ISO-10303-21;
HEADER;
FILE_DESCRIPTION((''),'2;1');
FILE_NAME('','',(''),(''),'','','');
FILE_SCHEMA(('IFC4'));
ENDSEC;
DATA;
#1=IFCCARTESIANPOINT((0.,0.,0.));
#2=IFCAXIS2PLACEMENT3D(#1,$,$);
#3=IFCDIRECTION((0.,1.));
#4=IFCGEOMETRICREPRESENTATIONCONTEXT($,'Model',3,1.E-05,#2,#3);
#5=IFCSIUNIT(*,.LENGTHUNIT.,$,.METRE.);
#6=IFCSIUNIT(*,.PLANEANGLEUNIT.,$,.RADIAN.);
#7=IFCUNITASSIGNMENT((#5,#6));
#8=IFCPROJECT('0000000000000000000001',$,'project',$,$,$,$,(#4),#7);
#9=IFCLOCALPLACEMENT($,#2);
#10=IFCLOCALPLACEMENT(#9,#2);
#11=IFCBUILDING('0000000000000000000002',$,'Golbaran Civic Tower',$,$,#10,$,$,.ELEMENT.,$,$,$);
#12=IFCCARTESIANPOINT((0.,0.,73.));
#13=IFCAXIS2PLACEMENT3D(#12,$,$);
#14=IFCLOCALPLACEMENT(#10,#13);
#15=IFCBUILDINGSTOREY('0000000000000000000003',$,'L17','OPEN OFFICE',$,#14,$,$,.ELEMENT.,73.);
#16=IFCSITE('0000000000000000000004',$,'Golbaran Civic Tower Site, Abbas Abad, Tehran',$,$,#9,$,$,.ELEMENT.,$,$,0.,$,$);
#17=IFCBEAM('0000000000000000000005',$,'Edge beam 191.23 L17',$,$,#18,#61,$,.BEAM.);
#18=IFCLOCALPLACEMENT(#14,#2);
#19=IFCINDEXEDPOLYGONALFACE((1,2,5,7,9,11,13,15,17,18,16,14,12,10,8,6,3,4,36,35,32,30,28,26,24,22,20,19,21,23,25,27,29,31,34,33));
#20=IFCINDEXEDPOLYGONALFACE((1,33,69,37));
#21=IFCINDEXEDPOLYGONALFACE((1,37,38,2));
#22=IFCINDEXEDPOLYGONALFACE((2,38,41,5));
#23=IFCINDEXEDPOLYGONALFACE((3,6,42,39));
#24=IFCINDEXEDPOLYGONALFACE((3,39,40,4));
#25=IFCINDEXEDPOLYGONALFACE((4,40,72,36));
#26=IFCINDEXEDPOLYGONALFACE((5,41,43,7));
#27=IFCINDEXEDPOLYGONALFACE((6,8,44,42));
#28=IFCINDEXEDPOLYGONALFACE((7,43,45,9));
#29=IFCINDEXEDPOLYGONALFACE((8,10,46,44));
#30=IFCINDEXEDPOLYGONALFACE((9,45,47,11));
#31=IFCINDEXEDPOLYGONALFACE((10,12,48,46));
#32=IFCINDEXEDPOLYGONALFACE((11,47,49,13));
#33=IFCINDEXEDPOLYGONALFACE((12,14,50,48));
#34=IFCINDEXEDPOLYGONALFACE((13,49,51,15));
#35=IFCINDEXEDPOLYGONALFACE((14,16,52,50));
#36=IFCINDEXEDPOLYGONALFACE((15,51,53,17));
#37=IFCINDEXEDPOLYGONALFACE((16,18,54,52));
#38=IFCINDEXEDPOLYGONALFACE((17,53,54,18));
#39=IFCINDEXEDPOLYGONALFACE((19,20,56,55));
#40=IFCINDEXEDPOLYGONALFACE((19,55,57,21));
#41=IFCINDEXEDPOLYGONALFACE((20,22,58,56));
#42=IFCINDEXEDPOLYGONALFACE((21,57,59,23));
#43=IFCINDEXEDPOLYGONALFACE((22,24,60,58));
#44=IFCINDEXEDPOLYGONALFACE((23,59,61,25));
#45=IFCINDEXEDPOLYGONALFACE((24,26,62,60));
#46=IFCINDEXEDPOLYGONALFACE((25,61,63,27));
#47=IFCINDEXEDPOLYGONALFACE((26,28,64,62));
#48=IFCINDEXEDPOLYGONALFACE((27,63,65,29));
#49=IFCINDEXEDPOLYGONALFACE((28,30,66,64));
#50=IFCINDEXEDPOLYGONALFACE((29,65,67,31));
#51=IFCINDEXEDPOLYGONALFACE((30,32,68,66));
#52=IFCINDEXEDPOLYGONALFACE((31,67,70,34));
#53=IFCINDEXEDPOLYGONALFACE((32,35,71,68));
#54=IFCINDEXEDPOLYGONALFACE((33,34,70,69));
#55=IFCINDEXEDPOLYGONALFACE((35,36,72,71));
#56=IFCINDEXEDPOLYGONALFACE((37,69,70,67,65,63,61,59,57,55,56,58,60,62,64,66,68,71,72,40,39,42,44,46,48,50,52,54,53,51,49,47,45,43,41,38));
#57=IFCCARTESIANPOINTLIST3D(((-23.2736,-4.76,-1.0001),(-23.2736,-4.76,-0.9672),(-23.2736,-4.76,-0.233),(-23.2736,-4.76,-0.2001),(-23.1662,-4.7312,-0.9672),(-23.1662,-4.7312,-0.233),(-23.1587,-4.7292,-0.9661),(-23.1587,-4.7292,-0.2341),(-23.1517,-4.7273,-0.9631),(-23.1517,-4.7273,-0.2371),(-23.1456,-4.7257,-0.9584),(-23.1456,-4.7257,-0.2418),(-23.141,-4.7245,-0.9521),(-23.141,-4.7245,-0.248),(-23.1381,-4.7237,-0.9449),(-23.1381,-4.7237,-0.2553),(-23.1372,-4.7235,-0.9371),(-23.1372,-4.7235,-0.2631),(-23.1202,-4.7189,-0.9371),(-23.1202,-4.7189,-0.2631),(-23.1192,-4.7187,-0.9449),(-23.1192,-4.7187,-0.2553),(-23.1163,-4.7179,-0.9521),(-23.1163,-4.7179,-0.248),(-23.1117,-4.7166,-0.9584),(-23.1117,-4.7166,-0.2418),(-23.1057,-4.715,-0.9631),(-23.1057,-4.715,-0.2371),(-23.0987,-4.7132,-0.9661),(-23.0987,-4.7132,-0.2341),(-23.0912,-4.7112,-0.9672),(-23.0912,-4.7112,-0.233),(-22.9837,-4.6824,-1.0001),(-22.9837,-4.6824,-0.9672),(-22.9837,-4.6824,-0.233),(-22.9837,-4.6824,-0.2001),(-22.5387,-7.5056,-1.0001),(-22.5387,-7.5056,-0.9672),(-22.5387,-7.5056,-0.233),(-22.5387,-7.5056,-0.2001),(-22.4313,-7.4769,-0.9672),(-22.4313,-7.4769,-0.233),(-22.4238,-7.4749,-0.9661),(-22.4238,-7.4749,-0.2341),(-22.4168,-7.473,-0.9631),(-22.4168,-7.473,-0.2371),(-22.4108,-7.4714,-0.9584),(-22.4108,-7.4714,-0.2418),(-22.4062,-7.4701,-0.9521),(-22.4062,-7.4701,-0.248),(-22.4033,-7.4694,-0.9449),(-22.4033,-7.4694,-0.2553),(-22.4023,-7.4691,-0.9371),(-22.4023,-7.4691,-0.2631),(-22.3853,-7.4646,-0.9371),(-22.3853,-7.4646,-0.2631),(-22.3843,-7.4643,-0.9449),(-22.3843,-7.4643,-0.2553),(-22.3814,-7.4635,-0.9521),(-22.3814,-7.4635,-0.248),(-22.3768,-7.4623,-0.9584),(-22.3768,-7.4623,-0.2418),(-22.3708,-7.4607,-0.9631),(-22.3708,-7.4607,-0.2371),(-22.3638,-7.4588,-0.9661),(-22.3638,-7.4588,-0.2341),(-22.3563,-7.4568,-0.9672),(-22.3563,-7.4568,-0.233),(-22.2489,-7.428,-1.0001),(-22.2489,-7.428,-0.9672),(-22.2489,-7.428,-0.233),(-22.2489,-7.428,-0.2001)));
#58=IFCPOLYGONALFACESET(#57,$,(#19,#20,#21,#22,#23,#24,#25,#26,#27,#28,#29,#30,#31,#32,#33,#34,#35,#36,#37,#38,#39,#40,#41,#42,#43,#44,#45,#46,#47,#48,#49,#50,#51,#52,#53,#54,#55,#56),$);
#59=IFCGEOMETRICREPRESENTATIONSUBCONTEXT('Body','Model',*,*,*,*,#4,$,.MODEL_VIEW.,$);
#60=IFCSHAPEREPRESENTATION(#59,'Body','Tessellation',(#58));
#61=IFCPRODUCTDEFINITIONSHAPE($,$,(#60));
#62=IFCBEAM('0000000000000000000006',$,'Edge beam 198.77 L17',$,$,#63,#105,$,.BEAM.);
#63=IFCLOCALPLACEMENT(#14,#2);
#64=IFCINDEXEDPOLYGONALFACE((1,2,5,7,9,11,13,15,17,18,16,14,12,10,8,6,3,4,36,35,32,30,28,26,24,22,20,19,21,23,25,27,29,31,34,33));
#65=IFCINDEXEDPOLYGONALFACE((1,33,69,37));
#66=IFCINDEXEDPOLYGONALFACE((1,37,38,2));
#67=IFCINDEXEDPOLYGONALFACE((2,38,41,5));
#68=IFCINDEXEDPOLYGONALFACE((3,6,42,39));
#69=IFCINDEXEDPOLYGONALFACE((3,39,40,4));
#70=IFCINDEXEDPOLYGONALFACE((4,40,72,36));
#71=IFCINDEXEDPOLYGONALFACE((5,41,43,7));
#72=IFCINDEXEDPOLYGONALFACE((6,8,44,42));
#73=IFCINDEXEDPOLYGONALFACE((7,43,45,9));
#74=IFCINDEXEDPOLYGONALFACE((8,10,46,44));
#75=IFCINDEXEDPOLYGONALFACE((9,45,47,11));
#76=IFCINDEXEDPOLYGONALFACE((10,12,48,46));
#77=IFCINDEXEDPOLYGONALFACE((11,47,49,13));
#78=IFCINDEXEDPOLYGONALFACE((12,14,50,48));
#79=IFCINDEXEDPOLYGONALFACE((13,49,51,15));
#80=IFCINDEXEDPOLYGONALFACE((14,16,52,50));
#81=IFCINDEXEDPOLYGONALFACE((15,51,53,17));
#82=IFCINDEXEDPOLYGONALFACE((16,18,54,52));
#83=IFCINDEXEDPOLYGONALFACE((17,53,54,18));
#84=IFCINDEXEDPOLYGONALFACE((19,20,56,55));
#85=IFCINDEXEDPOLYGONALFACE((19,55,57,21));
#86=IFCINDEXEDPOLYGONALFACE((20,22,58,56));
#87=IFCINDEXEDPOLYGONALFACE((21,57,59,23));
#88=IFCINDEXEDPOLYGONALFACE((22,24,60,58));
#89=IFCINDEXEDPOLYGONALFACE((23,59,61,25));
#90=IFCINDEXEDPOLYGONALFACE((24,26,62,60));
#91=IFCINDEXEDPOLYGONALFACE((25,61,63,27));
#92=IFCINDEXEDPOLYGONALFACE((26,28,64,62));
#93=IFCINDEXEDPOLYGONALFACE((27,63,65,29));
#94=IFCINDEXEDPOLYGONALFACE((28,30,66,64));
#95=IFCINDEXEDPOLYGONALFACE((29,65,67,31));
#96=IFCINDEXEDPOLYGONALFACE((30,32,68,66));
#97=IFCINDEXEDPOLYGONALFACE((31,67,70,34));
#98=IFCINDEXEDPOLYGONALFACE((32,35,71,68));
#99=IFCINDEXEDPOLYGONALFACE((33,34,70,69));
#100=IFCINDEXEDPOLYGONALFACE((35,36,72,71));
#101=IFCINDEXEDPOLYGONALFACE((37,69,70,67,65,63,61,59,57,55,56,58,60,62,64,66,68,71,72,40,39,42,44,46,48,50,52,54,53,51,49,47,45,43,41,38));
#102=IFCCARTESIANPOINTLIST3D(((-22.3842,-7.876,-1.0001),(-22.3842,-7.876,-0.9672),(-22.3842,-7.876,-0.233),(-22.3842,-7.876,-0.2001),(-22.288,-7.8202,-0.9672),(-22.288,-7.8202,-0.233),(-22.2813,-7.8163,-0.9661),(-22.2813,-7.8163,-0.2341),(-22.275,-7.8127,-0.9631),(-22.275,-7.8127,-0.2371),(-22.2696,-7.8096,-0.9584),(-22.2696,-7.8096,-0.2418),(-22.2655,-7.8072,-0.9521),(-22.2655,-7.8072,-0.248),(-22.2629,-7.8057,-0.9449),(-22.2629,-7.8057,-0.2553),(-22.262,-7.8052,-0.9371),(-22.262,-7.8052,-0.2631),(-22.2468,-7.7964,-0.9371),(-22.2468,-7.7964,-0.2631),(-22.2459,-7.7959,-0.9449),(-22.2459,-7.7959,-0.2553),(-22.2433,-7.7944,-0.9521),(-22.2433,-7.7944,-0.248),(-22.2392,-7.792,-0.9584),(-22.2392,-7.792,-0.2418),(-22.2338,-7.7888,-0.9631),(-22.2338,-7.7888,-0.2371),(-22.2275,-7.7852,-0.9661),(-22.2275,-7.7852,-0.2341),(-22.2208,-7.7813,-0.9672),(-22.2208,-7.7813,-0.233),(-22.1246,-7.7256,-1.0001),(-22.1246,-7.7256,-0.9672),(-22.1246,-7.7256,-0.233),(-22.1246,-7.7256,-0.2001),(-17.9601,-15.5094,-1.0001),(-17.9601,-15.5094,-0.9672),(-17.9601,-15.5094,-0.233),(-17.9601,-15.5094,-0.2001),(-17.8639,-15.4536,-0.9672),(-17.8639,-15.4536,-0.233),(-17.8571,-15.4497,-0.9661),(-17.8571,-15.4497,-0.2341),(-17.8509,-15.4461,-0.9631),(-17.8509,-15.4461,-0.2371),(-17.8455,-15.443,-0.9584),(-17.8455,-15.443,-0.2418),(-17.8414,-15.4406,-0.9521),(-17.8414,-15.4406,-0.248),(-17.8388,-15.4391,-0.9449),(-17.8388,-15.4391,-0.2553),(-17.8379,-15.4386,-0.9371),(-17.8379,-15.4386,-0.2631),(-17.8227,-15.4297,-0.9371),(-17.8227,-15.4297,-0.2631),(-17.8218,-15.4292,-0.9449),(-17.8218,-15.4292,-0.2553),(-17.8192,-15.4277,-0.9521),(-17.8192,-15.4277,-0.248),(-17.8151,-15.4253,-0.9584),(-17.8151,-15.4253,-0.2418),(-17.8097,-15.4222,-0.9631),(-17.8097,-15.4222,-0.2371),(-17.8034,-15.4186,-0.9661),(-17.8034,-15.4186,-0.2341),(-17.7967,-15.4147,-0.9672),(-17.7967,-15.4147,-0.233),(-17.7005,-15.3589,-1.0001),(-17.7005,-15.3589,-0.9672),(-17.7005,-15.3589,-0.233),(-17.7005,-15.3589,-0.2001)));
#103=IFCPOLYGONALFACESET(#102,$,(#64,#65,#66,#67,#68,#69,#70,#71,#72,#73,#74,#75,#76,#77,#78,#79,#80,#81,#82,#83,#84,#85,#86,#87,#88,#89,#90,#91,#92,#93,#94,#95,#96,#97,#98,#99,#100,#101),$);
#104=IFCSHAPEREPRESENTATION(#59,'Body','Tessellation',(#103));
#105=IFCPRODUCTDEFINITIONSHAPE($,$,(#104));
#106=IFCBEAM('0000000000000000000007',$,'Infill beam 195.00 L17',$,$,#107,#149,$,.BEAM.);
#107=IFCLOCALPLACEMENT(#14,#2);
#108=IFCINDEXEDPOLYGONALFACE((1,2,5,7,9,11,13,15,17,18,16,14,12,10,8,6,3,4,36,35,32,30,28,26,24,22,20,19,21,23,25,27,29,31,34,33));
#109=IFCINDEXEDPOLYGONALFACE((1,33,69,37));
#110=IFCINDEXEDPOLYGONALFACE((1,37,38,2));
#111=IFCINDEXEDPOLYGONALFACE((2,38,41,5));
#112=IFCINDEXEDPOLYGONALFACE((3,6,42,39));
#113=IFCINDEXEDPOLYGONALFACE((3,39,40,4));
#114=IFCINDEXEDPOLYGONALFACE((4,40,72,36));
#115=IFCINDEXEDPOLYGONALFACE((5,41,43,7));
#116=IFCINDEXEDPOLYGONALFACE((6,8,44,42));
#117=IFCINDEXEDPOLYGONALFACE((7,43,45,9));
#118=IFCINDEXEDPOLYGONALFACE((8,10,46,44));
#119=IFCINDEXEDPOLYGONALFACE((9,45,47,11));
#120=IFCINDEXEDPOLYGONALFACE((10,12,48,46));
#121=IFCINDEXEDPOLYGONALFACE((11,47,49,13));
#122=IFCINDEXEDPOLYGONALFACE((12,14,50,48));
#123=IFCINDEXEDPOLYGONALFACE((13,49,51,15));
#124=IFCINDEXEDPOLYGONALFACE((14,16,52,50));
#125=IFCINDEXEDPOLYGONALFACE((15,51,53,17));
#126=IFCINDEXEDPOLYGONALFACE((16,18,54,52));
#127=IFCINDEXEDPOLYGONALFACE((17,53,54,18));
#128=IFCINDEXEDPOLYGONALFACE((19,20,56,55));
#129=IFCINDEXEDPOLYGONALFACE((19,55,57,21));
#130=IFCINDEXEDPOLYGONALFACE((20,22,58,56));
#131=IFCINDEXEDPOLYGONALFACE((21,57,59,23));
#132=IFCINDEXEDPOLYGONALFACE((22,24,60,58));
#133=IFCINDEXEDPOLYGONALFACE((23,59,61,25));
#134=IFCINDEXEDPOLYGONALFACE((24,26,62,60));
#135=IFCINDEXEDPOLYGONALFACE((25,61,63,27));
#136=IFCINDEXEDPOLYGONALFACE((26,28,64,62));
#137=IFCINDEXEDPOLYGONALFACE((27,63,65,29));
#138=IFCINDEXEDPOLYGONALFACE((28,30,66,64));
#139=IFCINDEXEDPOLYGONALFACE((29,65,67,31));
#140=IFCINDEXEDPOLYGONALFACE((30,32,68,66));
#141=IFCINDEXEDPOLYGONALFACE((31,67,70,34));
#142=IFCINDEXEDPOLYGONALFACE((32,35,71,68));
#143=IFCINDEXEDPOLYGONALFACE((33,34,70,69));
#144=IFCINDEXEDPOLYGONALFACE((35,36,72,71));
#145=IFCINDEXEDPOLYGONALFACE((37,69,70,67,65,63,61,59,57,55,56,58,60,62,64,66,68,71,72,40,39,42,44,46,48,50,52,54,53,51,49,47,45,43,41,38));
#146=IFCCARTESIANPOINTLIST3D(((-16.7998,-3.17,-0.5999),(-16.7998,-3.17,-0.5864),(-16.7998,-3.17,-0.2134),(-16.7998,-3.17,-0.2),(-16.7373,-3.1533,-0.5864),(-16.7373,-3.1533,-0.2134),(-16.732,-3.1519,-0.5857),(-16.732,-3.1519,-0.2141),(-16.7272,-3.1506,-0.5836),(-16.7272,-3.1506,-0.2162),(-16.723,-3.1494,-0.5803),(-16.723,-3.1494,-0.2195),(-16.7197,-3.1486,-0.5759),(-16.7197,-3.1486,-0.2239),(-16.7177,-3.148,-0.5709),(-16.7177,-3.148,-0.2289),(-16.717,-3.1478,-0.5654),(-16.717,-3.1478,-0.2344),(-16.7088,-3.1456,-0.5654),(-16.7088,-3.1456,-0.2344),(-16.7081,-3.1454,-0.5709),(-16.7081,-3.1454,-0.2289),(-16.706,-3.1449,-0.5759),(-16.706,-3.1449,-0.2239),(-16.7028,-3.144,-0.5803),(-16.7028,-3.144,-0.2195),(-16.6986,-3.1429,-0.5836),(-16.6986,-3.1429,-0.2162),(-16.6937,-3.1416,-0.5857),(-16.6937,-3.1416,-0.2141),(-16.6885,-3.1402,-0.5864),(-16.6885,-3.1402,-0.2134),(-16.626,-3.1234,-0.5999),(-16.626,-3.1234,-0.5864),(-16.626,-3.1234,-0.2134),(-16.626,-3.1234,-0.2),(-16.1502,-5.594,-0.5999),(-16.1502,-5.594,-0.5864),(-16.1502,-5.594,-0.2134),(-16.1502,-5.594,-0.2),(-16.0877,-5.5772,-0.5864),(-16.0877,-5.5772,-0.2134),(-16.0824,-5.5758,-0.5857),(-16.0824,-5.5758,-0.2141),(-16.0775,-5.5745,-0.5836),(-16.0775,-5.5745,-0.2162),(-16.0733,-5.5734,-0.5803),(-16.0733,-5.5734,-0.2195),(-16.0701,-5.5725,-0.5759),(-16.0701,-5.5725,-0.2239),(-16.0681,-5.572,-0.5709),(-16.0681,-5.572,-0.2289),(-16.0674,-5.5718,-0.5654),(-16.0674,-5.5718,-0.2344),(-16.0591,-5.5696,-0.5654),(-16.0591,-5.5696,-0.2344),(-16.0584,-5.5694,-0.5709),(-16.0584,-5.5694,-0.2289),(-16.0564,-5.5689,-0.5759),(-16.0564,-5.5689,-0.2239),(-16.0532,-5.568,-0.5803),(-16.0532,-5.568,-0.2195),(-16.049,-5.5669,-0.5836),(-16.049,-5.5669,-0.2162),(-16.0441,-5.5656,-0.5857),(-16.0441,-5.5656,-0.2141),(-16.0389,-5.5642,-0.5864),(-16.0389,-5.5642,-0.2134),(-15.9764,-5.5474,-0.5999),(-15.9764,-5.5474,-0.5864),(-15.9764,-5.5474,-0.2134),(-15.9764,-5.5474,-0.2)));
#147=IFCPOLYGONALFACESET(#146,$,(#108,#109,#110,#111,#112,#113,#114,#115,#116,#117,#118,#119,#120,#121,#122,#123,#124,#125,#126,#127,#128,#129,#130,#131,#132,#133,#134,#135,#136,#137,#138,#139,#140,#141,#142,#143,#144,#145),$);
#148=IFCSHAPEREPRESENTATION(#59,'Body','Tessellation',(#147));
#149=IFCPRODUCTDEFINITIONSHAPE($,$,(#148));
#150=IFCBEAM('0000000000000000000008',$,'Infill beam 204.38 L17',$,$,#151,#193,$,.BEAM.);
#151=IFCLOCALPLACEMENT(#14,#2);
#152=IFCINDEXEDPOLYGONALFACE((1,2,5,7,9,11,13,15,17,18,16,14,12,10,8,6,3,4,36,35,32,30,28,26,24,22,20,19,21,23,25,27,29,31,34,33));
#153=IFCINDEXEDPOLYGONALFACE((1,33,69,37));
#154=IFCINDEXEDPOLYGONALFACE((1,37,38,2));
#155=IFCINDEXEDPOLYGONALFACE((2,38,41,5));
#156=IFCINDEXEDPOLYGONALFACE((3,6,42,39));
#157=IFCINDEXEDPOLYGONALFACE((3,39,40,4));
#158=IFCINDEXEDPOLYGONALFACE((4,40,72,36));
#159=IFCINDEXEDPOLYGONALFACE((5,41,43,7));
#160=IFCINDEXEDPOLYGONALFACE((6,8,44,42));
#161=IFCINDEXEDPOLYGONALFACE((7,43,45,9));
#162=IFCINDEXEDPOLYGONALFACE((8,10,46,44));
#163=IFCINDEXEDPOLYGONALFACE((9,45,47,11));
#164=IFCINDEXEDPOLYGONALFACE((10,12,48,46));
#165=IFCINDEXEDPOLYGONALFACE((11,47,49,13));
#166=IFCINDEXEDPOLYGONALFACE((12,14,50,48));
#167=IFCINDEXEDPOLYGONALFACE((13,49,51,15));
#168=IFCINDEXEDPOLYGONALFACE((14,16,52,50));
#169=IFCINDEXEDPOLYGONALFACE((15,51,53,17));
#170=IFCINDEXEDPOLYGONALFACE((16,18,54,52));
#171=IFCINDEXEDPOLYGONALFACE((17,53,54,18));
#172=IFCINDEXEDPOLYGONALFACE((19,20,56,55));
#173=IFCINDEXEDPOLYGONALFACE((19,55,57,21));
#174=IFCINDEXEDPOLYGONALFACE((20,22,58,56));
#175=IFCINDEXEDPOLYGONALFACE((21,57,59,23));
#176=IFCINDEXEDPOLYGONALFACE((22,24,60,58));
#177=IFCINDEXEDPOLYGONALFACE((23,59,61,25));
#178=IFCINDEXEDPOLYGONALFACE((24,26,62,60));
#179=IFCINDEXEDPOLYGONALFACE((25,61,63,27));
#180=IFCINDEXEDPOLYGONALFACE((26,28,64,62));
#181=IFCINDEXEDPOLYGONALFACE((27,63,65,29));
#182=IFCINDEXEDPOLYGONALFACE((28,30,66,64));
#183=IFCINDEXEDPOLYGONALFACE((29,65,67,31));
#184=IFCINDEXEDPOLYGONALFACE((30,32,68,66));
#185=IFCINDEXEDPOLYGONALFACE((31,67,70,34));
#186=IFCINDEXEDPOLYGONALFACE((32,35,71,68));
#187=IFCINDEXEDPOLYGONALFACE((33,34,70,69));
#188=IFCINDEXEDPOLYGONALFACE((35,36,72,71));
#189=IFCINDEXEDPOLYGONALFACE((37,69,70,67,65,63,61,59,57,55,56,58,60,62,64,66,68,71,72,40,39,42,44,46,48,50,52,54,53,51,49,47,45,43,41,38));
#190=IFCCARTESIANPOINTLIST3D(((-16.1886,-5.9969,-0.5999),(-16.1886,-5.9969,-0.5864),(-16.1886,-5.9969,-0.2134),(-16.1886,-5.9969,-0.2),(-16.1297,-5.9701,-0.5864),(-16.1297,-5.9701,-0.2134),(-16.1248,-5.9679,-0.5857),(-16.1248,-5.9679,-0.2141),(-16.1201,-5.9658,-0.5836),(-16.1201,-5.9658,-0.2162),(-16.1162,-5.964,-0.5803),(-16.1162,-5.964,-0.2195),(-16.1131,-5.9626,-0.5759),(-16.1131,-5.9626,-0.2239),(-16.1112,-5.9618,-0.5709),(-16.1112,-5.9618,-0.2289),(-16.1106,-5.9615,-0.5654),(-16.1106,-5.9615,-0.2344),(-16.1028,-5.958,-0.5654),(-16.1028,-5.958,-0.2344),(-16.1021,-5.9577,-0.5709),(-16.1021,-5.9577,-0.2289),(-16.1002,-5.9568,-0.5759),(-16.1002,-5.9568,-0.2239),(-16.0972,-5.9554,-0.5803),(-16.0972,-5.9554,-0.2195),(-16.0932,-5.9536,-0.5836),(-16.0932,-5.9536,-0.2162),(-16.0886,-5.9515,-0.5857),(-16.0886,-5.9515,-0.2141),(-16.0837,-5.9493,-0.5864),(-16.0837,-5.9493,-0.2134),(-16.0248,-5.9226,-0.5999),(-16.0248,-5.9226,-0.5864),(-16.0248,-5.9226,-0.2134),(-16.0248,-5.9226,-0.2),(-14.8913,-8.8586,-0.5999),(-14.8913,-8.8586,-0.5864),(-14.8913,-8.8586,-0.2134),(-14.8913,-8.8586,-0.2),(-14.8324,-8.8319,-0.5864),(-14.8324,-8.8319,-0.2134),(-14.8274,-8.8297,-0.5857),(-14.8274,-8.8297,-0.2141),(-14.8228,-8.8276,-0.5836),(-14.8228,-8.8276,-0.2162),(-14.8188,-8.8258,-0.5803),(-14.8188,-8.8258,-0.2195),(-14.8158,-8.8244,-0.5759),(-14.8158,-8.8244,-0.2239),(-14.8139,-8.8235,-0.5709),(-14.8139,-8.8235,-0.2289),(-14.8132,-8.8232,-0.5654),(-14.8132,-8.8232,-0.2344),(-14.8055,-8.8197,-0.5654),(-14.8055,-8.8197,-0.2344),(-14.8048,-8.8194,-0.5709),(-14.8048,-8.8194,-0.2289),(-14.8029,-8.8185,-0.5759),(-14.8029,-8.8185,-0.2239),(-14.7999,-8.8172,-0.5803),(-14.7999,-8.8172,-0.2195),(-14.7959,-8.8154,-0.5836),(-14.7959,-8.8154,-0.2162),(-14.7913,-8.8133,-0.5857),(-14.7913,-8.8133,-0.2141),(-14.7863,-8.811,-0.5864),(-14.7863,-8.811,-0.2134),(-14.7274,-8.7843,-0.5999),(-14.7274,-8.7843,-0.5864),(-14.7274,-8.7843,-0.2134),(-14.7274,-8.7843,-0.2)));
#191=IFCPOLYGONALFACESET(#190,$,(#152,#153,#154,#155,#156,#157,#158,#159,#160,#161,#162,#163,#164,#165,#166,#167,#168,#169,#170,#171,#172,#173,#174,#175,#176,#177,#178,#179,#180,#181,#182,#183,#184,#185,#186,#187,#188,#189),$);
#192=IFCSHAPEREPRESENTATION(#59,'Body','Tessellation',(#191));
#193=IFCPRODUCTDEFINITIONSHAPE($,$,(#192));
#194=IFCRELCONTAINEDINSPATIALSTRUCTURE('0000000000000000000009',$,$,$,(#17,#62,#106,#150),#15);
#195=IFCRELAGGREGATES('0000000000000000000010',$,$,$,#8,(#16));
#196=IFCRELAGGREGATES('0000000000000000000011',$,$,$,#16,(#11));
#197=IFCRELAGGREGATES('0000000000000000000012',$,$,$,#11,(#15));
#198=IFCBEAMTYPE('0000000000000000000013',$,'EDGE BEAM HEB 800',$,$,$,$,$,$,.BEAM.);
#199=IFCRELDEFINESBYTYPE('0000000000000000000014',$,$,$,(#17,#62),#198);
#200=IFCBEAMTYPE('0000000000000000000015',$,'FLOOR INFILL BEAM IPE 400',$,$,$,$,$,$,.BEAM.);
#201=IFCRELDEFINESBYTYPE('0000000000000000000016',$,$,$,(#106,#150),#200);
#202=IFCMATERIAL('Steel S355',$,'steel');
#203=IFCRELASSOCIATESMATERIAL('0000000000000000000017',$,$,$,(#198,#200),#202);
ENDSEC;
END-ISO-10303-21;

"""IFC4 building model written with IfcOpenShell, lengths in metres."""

from ifc_helpers import new_model, si_unit, direction, frame, origin, origin_2d, place, context, subcontext, project, spatial, i_section, extrude, material, material_profile, profile_set, type_object, element, save


model = new_model("IFC4")

# Units and contexts
model_context = context("Model", 3, precision=1e-05, world=origin(), true_north=direction((0.0, 1.0)))
body_context = subcontext(model_context, "Body", "Model", "MODEL_VIEW")
ifc_project = project(units=[si_unit("LENGTHUNIT", "METRE"), si_unit("PLANEANGLEUNIT", "RADIAN")], contexts=[model_context])

# Site, building, storey
site_placement = place(None, origin())
site = spatial("IfcSite", under=ifc_project, at=site_placement, Name="Golbaran Civic Tower Site, Abbas Abad, Tehran", CompositionType="ELEMENT", RefElevation=0.0)
building_placement = place(site_placement, origin())
building = spatial("IfcBuilding", under=site, at=building_placement, Name="Golbaran Civic Tower", CompositionType="ELEMENT")
storey_placement = place(building_placement, frame((0.0, 0.0, 73.0)))
storey = spatial("IfcBuildingStorey", under=building, at=storey_placement, Name="L17", Description="OPEN OFFICE", CompositionType="ELEMENT", Elevation=73.0)

# Beams
ifc_material_1 = material(Name="Steel S355", Category="steel")
ifc_material_profile_1 = material_profile(ifc_material_1, i_section(OverallWidth=0.3, OverallDepth=0.8, WebThickness=0.0176, FlangeThickness=0.033, FilletRadius=0.03, at=origin_2d()), Name="HEB 800")
ifc_profile_set_1 = profile_set([ifc_material_profile_1], Name="Steel S355")
beam_type_1 = type_object("IfcBeamType", Name="EDGE BEAM HEB 800", PredefinedType="BEAM", material=ifc_profile_set_1)
beam_1_placement = place(storey_placement, frame((-23.1287, -4.7212, -0.6001), z_axis=(0.25855, -0.965998, 0.0), x_axis=(0.965998, 0.25855, 0.0)))
element("IfcBeam", 1, at=beam_1_placement, inside=storey, type_object=beam_type_1, Name="Edge beam 191.23 L17", PredefinedType="BEAM", context=body_context, shape_type="SweptSolid", body=[
    extrude(i_section(OverallWidth=0.3, OverallDepth=0.8, WebThickness=0.0176, FlangeThickness=0.033, FilletRadius=0.03, at=origin_2d()), origin(), (0.0, 0.0, 1.0), 2.8423),
])
beam_2_placement = place(storey_placement, frame((-22.2544, -7.8008, -0.6001), z_axis=(0.501443, -0.865191, 0.0), x_axis=(0.865191, 0.501443, 0.0)))
element("IfcBeam", 2, at=beam_2_placement, inside=storey, type_object=beam_type_1, Name="Edge beam 198.77 L17", PredefinedType="BEAM", context=body_context, shape_type="SweptSolid", body=[
    extrude(i_section(OverallWidth=0.3, OverallDepth=0.8, WebThickness=0.0176, FlangeThickness=0.033, FilletRadius=0.03, at=origin_2d()), origin(), (0.0, 0.0, 1.0), 8.8228),
])
ifc_material_profile_2 = material_profile(ifc_material_1, i_section(OverallWidth=0.1799, OverallDepth=0.3999, WebThickness=0.0085, FlangeThickness=0.0134, FilletRadius=0.021, at=origin_2d()), Name="IPE 400")
ifc_profile_set_2 = profile_set([ifc_material_profile_2], Name="Steel S355")
beam_type_2 = type_object("IfcBeamType", Name="FLOOR INFILL BEAM IPE 400", PredefinedType="BEAM", material=ifc_profile_set_2)
beam_3_placement = place(storey_placement, frame((-16.7129, -3.1467, -0.3999), z_axis=(0.258867, -0.965913, 0.0), x_axis=(0.965913, 0.258867, 0.0)))
element("IfcBeam", 3, at=beam_3_placement, inside=storey, type_object=beam_type_2, Name="Infill beam 195.00 L17", PredefinedType="BEAM", context=body_context, shape_type="SweptSolid", body=[
    extrude(i_section(OverallWidth=0.1799, OverallDepth=0.3999, WebThickness=0.0085, FlangeThickness=0.0134, FilletRadius=0.021, at=origin_2d()), origin(), (0.0, 0.0, 1.0), 2.5095),
])
beam_4_placement = place(storey_placement, frame((-16.1067, -5.9597, -0.3999), z_axis=(0.41289, -0.910781, 0.0), x_axis=(0.910781, 0.41289, 0.0)))
element("IfcBeam", 4, at=beam_4_placement, inside=storey, type_object=beam_type_2, Name="Infill beam 204.38 L17", PredefinedType="BEAM", context=body_context, shape_type="SweptSolid", body=[
    extrude(i_section(OverallWidth=0.1799, OverallDepth=0.3999, WebThickness=0.0085, FlangeThickness=0.0134, FilletRadius=0.021, at=origin_2d()), origin(), (0.0, 0.0, 1.0), 3.1421),
])

save(model, "model.ifc")
